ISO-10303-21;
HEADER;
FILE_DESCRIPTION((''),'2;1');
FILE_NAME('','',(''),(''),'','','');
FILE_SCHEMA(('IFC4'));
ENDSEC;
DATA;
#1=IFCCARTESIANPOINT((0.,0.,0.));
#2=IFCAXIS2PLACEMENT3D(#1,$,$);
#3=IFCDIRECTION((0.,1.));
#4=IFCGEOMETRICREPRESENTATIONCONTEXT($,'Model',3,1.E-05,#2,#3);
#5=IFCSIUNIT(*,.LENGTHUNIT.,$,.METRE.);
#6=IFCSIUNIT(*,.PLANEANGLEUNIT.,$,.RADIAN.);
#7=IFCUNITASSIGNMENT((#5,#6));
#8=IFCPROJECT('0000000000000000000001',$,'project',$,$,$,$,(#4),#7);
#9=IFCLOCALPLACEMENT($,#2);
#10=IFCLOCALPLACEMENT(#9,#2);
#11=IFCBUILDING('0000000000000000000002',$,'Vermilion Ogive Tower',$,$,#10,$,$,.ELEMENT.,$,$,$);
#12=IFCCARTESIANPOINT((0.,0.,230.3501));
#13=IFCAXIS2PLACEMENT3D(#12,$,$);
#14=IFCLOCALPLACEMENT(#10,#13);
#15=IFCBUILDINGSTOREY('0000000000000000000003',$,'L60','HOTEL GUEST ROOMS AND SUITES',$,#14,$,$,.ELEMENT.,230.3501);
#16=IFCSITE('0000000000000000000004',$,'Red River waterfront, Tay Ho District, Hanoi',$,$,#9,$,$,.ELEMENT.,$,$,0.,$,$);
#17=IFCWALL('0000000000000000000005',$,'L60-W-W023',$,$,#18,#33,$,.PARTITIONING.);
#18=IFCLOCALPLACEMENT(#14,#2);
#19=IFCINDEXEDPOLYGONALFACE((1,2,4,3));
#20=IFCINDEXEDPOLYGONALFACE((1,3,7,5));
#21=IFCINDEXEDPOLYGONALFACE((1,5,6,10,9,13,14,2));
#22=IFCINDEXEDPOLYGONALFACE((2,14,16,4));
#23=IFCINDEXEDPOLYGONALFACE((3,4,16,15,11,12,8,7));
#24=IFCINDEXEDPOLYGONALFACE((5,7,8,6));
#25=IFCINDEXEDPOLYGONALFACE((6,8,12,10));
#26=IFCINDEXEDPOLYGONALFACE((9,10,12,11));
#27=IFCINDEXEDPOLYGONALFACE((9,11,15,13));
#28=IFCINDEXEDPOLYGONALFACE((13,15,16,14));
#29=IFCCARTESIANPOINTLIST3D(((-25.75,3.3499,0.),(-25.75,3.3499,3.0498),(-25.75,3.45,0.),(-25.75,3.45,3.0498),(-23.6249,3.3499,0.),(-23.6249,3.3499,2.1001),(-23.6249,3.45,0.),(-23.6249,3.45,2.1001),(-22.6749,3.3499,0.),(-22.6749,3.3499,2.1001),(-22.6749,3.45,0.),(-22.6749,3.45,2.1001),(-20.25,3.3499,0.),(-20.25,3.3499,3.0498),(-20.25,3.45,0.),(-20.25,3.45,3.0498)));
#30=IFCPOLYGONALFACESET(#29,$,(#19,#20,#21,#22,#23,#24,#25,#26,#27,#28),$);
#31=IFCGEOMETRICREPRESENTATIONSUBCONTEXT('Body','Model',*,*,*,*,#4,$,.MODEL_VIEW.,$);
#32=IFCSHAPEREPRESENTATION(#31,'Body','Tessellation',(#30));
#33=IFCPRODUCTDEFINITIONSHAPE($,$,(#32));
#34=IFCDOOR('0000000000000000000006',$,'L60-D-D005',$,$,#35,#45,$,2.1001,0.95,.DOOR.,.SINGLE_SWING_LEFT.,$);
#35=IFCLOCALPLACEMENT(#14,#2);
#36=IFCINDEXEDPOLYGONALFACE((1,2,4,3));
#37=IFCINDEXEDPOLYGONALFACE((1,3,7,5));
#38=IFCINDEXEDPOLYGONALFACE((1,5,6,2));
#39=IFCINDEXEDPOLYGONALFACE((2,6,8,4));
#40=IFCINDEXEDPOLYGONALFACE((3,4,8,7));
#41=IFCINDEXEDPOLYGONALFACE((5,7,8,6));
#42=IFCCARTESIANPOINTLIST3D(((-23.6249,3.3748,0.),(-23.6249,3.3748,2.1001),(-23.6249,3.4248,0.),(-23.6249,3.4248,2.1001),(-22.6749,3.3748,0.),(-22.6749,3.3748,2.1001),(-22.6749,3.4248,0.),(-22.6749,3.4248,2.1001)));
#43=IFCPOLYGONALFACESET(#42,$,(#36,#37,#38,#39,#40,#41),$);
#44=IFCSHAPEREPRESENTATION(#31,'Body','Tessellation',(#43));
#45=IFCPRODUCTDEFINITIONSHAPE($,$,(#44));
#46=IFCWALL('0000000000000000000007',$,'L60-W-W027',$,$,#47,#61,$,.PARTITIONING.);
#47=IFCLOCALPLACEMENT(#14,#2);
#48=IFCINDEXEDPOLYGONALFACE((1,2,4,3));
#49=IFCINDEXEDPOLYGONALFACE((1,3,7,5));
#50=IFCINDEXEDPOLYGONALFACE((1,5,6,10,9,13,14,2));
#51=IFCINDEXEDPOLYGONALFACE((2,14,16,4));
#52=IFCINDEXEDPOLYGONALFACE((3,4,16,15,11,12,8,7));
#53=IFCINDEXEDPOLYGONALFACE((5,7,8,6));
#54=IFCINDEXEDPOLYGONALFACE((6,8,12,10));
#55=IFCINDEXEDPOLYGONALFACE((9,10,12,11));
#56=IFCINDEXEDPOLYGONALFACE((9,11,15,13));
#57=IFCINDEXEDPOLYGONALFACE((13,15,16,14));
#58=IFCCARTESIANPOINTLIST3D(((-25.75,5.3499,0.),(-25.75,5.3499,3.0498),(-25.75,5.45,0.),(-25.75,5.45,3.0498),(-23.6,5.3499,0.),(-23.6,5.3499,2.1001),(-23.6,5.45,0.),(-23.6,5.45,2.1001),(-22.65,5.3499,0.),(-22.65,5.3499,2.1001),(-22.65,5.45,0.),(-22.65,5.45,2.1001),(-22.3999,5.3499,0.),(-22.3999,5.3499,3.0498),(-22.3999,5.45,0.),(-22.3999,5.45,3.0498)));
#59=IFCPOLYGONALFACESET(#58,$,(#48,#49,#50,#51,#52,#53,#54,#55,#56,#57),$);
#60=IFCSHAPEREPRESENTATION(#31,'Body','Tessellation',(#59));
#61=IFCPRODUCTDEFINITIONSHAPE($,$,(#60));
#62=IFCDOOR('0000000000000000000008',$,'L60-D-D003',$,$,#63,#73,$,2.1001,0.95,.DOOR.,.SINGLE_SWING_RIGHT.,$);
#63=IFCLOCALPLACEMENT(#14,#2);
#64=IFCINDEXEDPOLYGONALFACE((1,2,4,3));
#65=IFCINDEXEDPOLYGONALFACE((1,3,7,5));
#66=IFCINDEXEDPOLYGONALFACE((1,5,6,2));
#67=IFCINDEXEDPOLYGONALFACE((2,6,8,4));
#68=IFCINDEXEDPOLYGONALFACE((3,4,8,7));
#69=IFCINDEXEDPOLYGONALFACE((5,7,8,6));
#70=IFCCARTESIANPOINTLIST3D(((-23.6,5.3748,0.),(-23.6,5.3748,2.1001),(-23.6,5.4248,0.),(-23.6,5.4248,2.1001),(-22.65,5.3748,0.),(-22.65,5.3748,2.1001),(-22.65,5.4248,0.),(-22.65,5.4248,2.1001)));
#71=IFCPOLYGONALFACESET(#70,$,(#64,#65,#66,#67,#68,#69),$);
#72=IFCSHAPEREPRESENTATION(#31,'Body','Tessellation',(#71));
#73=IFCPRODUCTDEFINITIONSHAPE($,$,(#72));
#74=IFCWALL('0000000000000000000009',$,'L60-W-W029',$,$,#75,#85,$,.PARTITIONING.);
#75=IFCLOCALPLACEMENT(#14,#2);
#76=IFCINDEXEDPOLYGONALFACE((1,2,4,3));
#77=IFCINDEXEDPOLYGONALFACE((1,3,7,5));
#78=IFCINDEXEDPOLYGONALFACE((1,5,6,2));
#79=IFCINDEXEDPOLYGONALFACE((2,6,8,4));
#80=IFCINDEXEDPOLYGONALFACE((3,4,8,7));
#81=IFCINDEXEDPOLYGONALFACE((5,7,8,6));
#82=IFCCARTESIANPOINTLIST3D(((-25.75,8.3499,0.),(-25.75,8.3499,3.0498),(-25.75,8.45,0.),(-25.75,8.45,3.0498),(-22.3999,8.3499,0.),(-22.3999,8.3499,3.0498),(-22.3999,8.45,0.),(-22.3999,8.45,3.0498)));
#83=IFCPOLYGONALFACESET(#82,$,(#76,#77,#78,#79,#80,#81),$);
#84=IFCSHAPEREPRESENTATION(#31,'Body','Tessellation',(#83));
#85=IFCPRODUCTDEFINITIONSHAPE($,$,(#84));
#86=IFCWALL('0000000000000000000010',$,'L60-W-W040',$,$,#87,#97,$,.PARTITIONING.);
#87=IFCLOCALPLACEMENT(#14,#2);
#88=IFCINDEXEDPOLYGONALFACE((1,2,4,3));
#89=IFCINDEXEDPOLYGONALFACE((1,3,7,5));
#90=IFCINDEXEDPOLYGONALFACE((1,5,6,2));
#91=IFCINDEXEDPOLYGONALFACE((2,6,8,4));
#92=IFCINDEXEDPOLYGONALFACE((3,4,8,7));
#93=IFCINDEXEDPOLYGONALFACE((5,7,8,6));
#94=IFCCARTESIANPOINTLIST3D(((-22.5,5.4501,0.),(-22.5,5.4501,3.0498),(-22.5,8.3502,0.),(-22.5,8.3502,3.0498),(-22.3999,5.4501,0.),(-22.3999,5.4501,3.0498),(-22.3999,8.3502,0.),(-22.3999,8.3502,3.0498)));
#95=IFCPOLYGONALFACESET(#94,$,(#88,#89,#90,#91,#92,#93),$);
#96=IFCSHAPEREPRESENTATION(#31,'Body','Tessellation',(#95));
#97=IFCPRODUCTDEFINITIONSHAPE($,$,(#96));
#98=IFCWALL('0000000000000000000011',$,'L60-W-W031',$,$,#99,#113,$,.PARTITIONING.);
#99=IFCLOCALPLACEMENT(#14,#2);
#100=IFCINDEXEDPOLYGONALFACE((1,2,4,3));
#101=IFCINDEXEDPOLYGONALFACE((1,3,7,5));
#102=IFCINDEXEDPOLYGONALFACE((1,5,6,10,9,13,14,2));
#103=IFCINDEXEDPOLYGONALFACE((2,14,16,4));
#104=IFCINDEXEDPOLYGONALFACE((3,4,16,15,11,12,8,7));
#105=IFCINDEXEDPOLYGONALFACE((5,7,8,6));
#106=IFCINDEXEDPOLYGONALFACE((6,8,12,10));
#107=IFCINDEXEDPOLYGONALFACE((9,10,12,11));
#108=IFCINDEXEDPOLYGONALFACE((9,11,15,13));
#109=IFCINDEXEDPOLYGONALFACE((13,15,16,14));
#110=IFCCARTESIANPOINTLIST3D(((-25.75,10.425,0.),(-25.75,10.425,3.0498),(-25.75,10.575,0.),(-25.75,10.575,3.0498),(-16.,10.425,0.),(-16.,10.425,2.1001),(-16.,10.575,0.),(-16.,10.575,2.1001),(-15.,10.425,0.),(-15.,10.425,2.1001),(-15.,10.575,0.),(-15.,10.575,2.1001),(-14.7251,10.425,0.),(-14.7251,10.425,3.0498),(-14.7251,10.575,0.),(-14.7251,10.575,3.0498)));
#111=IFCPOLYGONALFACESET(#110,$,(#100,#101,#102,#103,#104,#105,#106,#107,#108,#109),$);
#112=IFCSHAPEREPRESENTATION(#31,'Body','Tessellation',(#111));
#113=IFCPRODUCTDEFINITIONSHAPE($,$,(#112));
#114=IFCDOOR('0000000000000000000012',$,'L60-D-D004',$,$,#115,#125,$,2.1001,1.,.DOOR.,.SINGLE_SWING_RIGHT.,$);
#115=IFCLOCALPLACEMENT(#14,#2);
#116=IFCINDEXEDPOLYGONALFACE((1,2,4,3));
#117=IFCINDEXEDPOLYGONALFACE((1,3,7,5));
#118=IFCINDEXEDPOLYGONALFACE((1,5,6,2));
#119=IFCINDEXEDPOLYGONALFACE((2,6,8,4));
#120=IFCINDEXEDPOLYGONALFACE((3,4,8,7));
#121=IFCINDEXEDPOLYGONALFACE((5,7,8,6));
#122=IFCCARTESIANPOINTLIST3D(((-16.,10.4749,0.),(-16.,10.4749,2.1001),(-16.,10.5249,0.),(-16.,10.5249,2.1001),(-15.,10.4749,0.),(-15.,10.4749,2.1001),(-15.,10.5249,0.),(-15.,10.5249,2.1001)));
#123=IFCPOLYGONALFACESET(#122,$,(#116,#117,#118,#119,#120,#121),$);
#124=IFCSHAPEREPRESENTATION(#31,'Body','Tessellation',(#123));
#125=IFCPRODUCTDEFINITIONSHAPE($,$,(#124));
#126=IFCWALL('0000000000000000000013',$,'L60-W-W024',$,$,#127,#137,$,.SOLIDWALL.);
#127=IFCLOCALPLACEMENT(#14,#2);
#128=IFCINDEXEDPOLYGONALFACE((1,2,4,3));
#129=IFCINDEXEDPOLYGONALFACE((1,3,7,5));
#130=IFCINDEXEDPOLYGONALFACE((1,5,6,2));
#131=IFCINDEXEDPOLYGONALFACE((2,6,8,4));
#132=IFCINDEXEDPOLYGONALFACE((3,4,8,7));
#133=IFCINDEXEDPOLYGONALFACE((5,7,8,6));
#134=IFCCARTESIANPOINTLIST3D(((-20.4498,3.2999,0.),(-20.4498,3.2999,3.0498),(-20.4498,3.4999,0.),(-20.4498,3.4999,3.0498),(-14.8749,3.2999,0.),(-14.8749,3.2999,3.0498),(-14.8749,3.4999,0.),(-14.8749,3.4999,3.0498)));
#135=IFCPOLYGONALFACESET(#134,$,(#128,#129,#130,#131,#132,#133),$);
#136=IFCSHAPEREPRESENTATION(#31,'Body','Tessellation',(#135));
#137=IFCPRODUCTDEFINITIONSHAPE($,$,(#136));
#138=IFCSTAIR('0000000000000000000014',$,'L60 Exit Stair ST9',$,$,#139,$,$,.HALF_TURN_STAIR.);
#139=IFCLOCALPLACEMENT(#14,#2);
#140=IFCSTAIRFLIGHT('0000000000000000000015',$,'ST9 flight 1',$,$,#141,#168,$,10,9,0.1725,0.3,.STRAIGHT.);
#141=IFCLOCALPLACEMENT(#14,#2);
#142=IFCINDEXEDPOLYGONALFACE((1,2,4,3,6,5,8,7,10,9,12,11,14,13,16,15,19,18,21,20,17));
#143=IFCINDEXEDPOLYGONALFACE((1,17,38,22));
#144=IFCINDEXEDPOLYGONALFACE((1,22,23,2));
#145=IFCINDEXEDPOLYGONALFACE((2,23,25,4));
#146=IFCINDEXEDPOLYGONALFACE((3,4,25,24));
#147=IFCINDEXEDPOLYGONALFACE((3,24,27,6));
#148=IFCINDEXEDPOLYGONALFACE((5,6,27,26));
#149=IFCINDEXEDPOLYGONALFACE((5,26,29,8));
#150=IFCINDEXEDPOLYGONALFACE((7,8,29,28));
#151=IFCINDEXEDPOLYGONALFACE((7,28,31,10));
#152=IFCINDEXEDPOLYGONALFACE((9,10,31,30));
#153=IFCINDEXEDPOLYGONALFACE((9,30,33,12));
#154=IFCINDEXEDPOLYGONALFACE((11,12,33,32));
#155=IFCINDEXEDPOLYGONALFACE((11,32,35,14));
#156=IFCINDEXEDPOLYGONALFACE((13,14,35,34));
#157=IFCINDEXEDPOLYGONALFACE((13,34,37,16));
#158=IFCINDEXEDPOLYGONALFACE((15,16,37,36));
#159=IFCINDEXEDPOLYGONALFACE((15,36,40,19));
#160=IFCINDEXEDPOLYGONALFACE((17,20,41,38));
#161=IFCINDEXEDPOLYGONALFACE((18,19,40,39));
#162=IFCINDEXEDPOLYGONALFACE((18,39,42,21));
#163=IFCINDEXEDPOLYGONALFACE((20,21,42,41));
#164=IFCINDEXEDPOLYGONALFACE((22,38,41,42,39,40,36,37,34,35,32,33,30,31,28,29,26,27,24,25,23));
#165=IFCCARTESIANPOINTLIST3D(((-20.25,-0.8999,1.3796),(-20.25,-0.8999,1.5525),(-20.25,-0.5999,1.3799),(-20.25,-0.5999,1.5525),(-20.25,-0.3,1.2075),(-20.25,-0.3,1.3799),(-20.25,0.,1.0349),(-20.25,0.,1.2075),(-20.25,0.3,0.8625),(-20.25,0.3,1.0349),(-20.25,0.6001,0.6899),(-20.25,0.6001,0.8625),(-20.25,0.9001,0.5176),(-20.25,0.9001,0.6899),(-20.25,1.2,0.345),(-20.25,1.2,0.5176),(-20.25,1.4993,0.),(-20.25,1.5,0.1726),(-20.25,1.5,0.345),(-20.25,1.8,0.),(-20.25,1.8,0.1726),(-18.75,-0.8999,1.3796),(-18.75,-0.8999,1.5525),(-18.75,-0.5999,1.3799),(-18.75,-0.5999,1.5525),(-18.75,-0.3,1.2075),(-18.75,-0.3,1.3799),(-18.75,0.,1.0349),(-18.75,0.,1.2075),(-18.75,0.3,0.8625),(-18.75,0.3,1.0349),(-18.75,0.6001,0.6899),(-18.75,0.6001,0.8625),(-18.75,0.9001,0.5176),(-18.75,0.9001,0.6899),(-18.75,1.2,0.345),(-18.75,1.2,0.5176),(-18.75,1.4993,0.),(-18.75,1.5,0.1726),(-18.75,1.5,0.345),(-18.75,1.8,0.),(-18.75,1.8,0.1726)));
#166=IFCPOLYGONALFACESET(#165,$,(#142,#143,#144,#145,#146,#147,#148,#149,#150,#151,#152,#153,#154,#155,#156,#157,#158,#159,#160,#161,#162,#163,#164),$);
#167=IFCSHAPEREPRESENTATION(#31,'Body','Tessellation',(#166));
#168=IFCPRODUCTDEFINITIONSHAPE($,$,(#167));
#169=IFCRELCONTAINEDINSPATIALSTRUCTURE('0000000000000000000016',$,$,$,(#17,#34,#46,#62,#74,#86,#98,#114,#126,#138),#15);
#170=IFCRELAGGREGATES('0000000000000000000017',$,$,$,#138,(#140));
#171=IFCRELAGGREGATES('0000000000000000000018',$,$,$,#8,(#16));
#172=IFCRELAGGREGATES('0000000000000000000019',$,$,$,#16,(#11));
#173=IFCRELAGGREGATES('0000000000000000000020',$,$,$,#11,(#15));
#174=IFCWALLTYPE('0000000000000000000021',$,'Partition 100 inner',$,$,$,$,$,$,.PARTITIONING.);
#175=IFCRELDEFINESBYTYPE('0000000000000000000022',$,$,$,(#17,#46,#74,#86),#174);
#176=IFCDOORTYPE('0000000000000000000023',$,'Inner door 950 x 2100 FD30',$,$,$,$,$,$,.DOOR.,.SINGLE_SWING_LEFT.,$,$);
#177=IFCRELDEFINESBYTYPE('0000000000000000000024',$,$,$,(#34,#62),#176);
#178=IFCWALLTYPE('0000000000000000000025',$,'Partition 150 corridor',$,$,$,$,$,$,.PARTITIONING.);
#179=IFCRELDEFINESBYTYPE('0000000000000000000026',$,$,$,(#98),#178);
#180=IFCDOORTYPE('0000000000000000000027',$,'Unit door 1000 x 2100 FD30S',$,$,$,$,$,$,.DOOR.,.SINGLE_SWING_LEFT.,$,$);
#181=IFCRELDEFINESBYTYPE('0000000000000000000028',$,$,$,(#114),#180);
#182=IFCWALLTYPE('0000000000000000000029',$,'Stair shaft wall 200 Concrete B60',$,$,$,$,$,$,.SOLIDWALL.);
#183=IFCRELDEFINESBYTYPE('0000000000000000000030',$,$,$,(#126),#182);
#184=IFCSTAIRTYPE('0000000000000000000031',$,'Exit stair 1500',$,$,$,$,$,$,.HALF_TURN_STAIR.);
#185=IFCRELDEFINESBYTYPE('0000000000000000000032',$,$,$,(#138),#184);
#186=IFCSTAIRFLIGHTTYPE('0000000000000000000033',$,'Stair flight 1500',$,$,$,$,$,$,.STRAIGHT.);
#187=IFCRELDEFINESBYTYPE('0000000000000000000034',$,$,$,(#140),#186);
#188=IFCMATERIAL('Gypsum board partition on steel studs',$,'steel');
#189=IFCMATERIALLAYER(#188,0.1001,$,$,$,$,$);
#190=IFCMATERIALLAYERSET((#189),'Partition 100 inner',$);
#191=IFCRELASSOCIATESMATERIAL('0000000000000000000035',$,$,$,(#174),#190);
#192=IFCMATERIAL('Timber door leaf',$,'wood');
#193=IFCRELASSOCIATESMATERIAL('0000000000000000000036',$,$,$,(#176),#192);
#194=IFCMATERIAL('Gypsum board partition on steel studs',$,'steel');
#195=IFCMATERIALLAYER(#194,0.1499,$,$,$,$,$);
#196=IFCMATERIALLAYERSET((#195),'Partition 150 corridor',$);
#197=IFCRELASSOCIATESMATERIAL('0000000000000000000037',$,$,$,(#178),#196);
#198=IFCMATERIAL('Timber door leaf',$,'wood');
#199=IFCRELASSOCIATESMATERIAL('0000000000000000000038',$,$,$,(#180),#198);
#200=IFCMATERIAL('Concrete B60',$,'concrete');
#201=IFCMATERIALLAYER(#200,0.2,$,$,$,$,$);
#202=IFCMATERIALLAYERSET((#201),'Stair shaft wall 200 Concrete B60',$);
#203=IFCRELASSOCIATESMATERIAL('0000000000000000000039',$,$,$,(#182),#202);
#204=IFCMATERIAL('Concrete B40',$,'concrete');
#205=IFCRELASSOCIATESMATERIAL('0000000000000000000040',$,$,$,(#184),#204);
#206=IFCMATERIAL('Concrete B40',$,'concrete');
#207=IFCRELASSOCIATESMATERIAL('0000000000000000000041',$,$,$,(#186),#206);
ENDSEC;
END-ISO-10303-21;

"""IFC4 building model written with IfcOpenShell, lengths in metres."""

from ifc_helpers import new_model, si_unit, direction, frame, frame_2d, origin, place, context, subcontext, project, spatial, polyline, rectangle, outline, extrude, material, layer, layer_set, type_object, element, fill, aggregate, save


model = new_model("IFC4")

# Units and contexts
model_context = context("Model", 3, precision=1e-05, world=origin(), true_north=direction((0.0, 1.0)))
body_context = subcontext(model_context, "Body", "Model", "MODEL_VIEW")
ifc_project = project(units=[si_unit("LENGTHUNIT", "METRE"), si_unit("PLANEANGLEUNIT", "RADIAN")], contexts=[model_context])

# Site, building, storey
site_placement = place(None, origin())
site = spatial("IfcSite", under=ifc_project, at=site_placement, Name="Red River waterfront, Tay Ho District, Hanoi", CompositionType="ELEMENT", RefElevation=0.0)
building_placement = place(site_placement, origin())
building = spatial("IfcBuilding", under=site, at=building_placement, Name="Vermilion Ogive Tower", CompositionType="ELEMENT")
storey_placement = place(building_placement, frame((0.0, 0.0, 230.3501)))
storey = spatial("IfcBuildingStorey", under=building, at=storey_placement, Name="L60", Description="HOTEL GUEST ROOMS AND SUITES", CompositionType="ELEMENT", Elevation=230.3501)

# Walls, openings, doors
ifc_material_1 = material(Name="Gypsum board partition on steel studs", Category="steel")
ifc_layer_1 = layer(ifc_material_1, 0.1001)
ifc_layer_set_1 = layer_set([ifc_layer_1], Name="Partition 100 inner")
wall_type_1 = type_object("IfcWallType", Name="Partition 100 inner", PredefinedType="PARTITIONING", material=ifc_layer_set_1)
wall_1_placement = place(storey_placement, frame((-25.75, 3.3999, 0.0), z_axis=(0.0, 0.0, 1.0), x_axis=(1.0, 0.0, 0.0)))
wall_1 = element("IfcWall", 1, at=wall_1_placement, inside=storey, type_object=wall_type_1, Name="L60-W-W023", PredefinedType="PARTITIONING", context=body_context, shape_type="SweptSolid", body=[
    extrude(rectangle(XDim=5.5, YDim=0.1001, at=frame_2d((2.75, 0.0))), origin(), (0.0, 0.0, 1.0), 3.0498),
])
opening_1_placement = place(wall_1_placement, frame((2.125, 0.0, 0.0)))
opening_1 = element("IfcOpeningElement", 2, at=opening_1_placement, cuts=wall_1, PredefinedType="OPENING", context=body_context, shape_type="SweptSolid", body=[
    extrude(rectangle(XDim=0.95, YDim=2.1001, at=frame_2d((0.4751, 1.05))), frame((0.0, 0.0601, 0.0), z_axis=(0.0, -1.0, 0.0), x_axis=(1.0, 0.0, 0.0)), (0.0, 0.0, 1.0), 0.1201),
])
ifc_material_2 = material(Name="Timber door leaf", Category="wood")
door_type_1 = type_object("IfcDoorType", Name="Inner door 950 x 2100 FD30", OperationType="SINGLE_SWING_LEFT", PredefinedType="DOOR", material=ifc_material_2)
door_1_placement = place(opening_1_placement, origin())
door_1 = element("IfcDoor", 3, at=door_1_placement, inside=storey, type_object=door_type_1, Name="L60-D-D005", OperationType="SINGLE_SWING_LEFT", OverallHeight=2.1001, OverallWidth=0.95, PredefinedType="DOOR", context=body_context, shape_type="SweptSolid", body=[
    extrude(rectangle(XDim=0.95, YDim=2.1001, at=frame_2d((0.4751, 1.05))), frame((0.0, 0.0249, 0.0), z_axis=(0.0, -1.0, 0.0), x_axis=(1.0, 0.0, 0.0)), (0.0, 0.0, 1.0), 0.05),
])
fill(opening_1, door_1)
wall_2_placement = place(storey_placement, frame((-25.75, 5.3999, 0.0), z_axis=(0.0, 0.0, 1.0), x_axis=(1.0, 0.0, 0.0)))
wall_2 = element("IfcWall", 4, at=wall_2_placement, inside=storey, type_object=wall_type_1, Name="L60-W-W027", PredefinedType="PARTITIONING", context=body_context, shape_type="SweptSolid", body=[
    extrude(rectangle(XDim=3.3501, YDim=0.1001, at=frame_2d((1.675, 0.0))), origin(), (0.0, 0.0, 1.0), 3.0498),
])
opening_2_placement = place(wall_2_placement, frame((2.1499, 0.0, 0.0)))
opening_2 = element("IfcOpeningElement", 5, at=opening_2_placement, cuts=wall_2, PredefinedType="OPENING", context=body_context, shape_type="SweptSolid", body=[
    extrude(rectangle(XDim=0.95, YDim=2.1001, at=frame_2d((0.4751, 1.05))), frame((0.0, 0.0601, 0.0), z_axis=(0.0, -1.0, 0.0), x_axis=(1.0, 0.0, 0.0)), (0.0, 0.0, 1.0), 0.1201),
])
door_2_placement = place(opening_2_placement, origin())
door_2 = element("IfcDoor", 6, at=door_2_placement, inside=storey, type_object=door_type_1, Name="L60-D-D003", OperationType="SINGLE_SWING_RIGHT", OverallHeight=2.1001, OverallWidth=0.95, PredefinedType="DOOR", context=body_context, shape_type="SweptSolid", body=[
    extrude(rectangle(XDim=0.95, YDim=2.1001, at=frame_2d((0.4751, 1.05))), frame((0.0, 0.0249, 0.0), z_axis=(0.0, -1.0, 0.0), x_axis=(1.0, 0.0, 0.0)), (0.0, 0.0, 1.0), 0.05),
])
fill(opening_2, door_2)

# Walls
wall_3_placement = place(storey_placement, frame((-25.75, 8.3999, 0.0), z_axis=(0.0, 0.0, 1.0), x_axis=(1.0, 0.0, 0.0)))
element("IfcWall", 7, at=wall_3_placement, inside=storey, type_object=wall_type_1, Name="L60-W-W029", PredefinedType="PARTITIONING", context=body_context, shape_type="SweptSolid", body=[
    extrude(rectangle(XDim=3.3501, YDim=0.1001, at=frame_2d((1.675, 0.0))), origin(), (0.0, 0.0, 1.0), 3.0498),
])
wall_4_placement = place(storey_placement, frame((-22.45, 5.45, 0.0), z_axis=(0.0, 0.0, 1.0), x_axis=(0.0, 1.0, 0.0)))
element("IfcWall", 8, at=wall_4_placement, inside=storey, type_object=wall_type_1, Name="L60-W-W040", PredefinedType="PARTITIONING", context=body_context, shape_type="SweptSolid", body=[
    extrude(rectangle(XDim=2.9001, YDim=0.1001, at=frame_2d((1.4502, 0.0))), origin(), (0.0, 0.0, 1.0), 3.0498),
])

# Wall, opening, door
ifc_material_3 = material(Name="Gypsum board partition on steel studs", Category="steel")
ifc_layer_2 = layer(ifc_material_3, 0.1499)
ifc_layer_set_2 = layer_set([ifc_layer_2], Name="Partition 150 corridor")
wall_type_2 = type_object("IfcWallType", Name="Partition 150 corridor", PredefinedType="PARTITIONING", material=ifc_layer_set_2)
wall_5_placement = place(storey_placement, frame((-25.75, 10.5, 0.0), z_axis=(0.0, 0.0, 1.0), x_axis=(1.0, 0.0, 0.0)))
wall_5 = element("IfcWall", 9, at=wall_5_placement, inside=storey, type_object=wall_type_2, Name="L60-W-W031", PredefinedType="PARTITIONING", context=body_context, shape_type="SweptSolid", body=[
    extrude(rectangle(XDim=11.0249, YDim=0.1499, at=frame_2d((5.5125, 0.0))), origin(), (0.0, 0.0, 1.0), 3.0498),
])
opening_3_placement = place(wall_5_placement, frame((9.75, 0.0, 0.0)))
opening_3 = element("IfcOpeningElement", 10, at=opening_3_placement, cuts=wall_5, PredefinedType="OPENING", context=body_context, shape_type="SweptSolid", body=[
    extrude(rectangle(XDim=1.0, YDim=2.1001, at=frame_2d((0.5, 1.05))), frame((0.0, 0.085, 0.0), z_axis=(0.0, -1.0, 0.0), x_axis=(1.0, 0.0, 0.0)), (0.0, 0.0, 1.0), 0.1699),
])
ifc_material_4 = material(Name="Timber door leaf", Category="wood")
door_type_2 = type_object("IfcDoorType", Name="Unit door 1000 x 2100 FD30S", OperationType="SINGLE_SWING_LEFT", PredefinedType="DOOR", material=ifc_material_4)
door_3_placement = place(opening_3_placement, origin())
door_3 = element("IfcDoor", 11, at=door_3_placement, inside=storey, type_object=door_type_2, Name="L60-D-D004", OperationType="SINGLE_SWING_RIGHT", OverallHeight=2.1001, OverallWidth=1.0, PredefinedType="DOOR", context=body_context, shape_type="SweptSolid", body=[
    extrude(rectangle(XDim=1.0, YDim=2.1001, at=frame_2d((0.5, 1.05))), frame((0.0, 0.0249, 0.0), z_axis=(0.0, -1.0, 0.0), x_axis=(1.0, 0.0, 0.0)), (0.0, 0.0, 1.0), 0.05),
])
fill(opening_3, door_3)

# Wall
ifc_material_5 = material(Name="Concrete B60", Category="concrete")
ifc_layer_3 = layer(ifc_material_5, 0.2)
ifc_layer_set_3 = layer_set([ifc_layer_3], Name="Stair shaft wall 200 Concrete B60")
wall_type_3 = type_object("IfcWallType", Name="Stair shaft wall 200 Concrete B60", PredefinedType="SOLIDWALL", material=ifc_layer_set_3)
wall_6_placement = place(storey_placement, frame((-20.45, 3.3999, 0.0), z_axis=(0.0, 0.0, 1.0), x_axis=(1.0, 0.0, 0.0)))
element("IfcWall", 12, at=wall_6_placement, inside=storey, type_object=wall_type_3, Name="L60-W-W024", PredefinedType="SOLIDWALL", context=body_context, shape_type="SweptSolid", body=[
    extrude(rectangle(XDim=5.575, YDim=0.2, at=frame_2d((2.7876, 0.0))), origin(), (0.0, 0.0, 1.0), 3.0498),
])

# Stair, stair flight
ifc_material_6 = material(Name="Concrete B40", Category="concrete")
stair_type = type_object("IfcStairType", Name="Exit stair 1500", PredefinedType="HALF_TURN_STAIR", material=ifc_material_6)
stair_placement = place(storey_placement, origin())
stair = element("IfcStair", 13, at=stair_placement, inside=storey, type_object=stair_type, Name="L60 Exit Stair ST9", PredefinedType="HALF_TURN_STAIR")
ifc_material_7 = material(Name="Concrete B40", Category="concrete")
stair_flight_type = type_object("IfcStairFlightType", Name="Stair flight 1500", PredefinedType="STRAIGHT", material=ifc_material_7)
stair_flight_placement = place(storey_placement, frame((-19.5, 1.8, 0.0), z_axis=(0.0, 0.0, 1.0), x_axis=(0.0, -1.0, 0.0)))
stair_flight = element("IfcStairFlight", 14, at=stair_flight_placement, type_object=stair_flight_type, Name="ST9 flight 1", NumberOfRisers=10, NumberOfTreads=9, PredefinedType="STRAIGHT", RiserHeight=0.1725, TreadLength=0.3, context=body_context, shape_type="SweptSolid", body=[
    extrude(outline(polyline([(0.0, 0.0), (0.0, 0.1726), (0.3, 0.1726), (0.3, 0.345), (0.6001, 0.345), (0.6001, 0.5176), (0.8999, 0.5176), (0.8999, 0.6899), (1.2, 0.6899), (1.2, 0.8625), (1.5, 0.8625), (1.5, 1.0349), (1.8, 1.0349), (1.8, 1.2075), (2.1001, 1.2075), (2.1001, 1.3799), (2.3999, 1.3799), (2.3999, 1.5525), (2.7, 1.5525), (2.7, 1.7251), (2.7, 1.3796), (0.3008, 0.0), (0.0, 0.0)])), frame((0.0, 0.75, 0.0), z_axis=(0.0, -1.0, 0.0), x_axis=(1.0, 0.0, 0.0)), (0.0, 0.0, 1.0), 1.5),
])
aggregate(stair, [stair_flight])

save(model, "model.ifc")
